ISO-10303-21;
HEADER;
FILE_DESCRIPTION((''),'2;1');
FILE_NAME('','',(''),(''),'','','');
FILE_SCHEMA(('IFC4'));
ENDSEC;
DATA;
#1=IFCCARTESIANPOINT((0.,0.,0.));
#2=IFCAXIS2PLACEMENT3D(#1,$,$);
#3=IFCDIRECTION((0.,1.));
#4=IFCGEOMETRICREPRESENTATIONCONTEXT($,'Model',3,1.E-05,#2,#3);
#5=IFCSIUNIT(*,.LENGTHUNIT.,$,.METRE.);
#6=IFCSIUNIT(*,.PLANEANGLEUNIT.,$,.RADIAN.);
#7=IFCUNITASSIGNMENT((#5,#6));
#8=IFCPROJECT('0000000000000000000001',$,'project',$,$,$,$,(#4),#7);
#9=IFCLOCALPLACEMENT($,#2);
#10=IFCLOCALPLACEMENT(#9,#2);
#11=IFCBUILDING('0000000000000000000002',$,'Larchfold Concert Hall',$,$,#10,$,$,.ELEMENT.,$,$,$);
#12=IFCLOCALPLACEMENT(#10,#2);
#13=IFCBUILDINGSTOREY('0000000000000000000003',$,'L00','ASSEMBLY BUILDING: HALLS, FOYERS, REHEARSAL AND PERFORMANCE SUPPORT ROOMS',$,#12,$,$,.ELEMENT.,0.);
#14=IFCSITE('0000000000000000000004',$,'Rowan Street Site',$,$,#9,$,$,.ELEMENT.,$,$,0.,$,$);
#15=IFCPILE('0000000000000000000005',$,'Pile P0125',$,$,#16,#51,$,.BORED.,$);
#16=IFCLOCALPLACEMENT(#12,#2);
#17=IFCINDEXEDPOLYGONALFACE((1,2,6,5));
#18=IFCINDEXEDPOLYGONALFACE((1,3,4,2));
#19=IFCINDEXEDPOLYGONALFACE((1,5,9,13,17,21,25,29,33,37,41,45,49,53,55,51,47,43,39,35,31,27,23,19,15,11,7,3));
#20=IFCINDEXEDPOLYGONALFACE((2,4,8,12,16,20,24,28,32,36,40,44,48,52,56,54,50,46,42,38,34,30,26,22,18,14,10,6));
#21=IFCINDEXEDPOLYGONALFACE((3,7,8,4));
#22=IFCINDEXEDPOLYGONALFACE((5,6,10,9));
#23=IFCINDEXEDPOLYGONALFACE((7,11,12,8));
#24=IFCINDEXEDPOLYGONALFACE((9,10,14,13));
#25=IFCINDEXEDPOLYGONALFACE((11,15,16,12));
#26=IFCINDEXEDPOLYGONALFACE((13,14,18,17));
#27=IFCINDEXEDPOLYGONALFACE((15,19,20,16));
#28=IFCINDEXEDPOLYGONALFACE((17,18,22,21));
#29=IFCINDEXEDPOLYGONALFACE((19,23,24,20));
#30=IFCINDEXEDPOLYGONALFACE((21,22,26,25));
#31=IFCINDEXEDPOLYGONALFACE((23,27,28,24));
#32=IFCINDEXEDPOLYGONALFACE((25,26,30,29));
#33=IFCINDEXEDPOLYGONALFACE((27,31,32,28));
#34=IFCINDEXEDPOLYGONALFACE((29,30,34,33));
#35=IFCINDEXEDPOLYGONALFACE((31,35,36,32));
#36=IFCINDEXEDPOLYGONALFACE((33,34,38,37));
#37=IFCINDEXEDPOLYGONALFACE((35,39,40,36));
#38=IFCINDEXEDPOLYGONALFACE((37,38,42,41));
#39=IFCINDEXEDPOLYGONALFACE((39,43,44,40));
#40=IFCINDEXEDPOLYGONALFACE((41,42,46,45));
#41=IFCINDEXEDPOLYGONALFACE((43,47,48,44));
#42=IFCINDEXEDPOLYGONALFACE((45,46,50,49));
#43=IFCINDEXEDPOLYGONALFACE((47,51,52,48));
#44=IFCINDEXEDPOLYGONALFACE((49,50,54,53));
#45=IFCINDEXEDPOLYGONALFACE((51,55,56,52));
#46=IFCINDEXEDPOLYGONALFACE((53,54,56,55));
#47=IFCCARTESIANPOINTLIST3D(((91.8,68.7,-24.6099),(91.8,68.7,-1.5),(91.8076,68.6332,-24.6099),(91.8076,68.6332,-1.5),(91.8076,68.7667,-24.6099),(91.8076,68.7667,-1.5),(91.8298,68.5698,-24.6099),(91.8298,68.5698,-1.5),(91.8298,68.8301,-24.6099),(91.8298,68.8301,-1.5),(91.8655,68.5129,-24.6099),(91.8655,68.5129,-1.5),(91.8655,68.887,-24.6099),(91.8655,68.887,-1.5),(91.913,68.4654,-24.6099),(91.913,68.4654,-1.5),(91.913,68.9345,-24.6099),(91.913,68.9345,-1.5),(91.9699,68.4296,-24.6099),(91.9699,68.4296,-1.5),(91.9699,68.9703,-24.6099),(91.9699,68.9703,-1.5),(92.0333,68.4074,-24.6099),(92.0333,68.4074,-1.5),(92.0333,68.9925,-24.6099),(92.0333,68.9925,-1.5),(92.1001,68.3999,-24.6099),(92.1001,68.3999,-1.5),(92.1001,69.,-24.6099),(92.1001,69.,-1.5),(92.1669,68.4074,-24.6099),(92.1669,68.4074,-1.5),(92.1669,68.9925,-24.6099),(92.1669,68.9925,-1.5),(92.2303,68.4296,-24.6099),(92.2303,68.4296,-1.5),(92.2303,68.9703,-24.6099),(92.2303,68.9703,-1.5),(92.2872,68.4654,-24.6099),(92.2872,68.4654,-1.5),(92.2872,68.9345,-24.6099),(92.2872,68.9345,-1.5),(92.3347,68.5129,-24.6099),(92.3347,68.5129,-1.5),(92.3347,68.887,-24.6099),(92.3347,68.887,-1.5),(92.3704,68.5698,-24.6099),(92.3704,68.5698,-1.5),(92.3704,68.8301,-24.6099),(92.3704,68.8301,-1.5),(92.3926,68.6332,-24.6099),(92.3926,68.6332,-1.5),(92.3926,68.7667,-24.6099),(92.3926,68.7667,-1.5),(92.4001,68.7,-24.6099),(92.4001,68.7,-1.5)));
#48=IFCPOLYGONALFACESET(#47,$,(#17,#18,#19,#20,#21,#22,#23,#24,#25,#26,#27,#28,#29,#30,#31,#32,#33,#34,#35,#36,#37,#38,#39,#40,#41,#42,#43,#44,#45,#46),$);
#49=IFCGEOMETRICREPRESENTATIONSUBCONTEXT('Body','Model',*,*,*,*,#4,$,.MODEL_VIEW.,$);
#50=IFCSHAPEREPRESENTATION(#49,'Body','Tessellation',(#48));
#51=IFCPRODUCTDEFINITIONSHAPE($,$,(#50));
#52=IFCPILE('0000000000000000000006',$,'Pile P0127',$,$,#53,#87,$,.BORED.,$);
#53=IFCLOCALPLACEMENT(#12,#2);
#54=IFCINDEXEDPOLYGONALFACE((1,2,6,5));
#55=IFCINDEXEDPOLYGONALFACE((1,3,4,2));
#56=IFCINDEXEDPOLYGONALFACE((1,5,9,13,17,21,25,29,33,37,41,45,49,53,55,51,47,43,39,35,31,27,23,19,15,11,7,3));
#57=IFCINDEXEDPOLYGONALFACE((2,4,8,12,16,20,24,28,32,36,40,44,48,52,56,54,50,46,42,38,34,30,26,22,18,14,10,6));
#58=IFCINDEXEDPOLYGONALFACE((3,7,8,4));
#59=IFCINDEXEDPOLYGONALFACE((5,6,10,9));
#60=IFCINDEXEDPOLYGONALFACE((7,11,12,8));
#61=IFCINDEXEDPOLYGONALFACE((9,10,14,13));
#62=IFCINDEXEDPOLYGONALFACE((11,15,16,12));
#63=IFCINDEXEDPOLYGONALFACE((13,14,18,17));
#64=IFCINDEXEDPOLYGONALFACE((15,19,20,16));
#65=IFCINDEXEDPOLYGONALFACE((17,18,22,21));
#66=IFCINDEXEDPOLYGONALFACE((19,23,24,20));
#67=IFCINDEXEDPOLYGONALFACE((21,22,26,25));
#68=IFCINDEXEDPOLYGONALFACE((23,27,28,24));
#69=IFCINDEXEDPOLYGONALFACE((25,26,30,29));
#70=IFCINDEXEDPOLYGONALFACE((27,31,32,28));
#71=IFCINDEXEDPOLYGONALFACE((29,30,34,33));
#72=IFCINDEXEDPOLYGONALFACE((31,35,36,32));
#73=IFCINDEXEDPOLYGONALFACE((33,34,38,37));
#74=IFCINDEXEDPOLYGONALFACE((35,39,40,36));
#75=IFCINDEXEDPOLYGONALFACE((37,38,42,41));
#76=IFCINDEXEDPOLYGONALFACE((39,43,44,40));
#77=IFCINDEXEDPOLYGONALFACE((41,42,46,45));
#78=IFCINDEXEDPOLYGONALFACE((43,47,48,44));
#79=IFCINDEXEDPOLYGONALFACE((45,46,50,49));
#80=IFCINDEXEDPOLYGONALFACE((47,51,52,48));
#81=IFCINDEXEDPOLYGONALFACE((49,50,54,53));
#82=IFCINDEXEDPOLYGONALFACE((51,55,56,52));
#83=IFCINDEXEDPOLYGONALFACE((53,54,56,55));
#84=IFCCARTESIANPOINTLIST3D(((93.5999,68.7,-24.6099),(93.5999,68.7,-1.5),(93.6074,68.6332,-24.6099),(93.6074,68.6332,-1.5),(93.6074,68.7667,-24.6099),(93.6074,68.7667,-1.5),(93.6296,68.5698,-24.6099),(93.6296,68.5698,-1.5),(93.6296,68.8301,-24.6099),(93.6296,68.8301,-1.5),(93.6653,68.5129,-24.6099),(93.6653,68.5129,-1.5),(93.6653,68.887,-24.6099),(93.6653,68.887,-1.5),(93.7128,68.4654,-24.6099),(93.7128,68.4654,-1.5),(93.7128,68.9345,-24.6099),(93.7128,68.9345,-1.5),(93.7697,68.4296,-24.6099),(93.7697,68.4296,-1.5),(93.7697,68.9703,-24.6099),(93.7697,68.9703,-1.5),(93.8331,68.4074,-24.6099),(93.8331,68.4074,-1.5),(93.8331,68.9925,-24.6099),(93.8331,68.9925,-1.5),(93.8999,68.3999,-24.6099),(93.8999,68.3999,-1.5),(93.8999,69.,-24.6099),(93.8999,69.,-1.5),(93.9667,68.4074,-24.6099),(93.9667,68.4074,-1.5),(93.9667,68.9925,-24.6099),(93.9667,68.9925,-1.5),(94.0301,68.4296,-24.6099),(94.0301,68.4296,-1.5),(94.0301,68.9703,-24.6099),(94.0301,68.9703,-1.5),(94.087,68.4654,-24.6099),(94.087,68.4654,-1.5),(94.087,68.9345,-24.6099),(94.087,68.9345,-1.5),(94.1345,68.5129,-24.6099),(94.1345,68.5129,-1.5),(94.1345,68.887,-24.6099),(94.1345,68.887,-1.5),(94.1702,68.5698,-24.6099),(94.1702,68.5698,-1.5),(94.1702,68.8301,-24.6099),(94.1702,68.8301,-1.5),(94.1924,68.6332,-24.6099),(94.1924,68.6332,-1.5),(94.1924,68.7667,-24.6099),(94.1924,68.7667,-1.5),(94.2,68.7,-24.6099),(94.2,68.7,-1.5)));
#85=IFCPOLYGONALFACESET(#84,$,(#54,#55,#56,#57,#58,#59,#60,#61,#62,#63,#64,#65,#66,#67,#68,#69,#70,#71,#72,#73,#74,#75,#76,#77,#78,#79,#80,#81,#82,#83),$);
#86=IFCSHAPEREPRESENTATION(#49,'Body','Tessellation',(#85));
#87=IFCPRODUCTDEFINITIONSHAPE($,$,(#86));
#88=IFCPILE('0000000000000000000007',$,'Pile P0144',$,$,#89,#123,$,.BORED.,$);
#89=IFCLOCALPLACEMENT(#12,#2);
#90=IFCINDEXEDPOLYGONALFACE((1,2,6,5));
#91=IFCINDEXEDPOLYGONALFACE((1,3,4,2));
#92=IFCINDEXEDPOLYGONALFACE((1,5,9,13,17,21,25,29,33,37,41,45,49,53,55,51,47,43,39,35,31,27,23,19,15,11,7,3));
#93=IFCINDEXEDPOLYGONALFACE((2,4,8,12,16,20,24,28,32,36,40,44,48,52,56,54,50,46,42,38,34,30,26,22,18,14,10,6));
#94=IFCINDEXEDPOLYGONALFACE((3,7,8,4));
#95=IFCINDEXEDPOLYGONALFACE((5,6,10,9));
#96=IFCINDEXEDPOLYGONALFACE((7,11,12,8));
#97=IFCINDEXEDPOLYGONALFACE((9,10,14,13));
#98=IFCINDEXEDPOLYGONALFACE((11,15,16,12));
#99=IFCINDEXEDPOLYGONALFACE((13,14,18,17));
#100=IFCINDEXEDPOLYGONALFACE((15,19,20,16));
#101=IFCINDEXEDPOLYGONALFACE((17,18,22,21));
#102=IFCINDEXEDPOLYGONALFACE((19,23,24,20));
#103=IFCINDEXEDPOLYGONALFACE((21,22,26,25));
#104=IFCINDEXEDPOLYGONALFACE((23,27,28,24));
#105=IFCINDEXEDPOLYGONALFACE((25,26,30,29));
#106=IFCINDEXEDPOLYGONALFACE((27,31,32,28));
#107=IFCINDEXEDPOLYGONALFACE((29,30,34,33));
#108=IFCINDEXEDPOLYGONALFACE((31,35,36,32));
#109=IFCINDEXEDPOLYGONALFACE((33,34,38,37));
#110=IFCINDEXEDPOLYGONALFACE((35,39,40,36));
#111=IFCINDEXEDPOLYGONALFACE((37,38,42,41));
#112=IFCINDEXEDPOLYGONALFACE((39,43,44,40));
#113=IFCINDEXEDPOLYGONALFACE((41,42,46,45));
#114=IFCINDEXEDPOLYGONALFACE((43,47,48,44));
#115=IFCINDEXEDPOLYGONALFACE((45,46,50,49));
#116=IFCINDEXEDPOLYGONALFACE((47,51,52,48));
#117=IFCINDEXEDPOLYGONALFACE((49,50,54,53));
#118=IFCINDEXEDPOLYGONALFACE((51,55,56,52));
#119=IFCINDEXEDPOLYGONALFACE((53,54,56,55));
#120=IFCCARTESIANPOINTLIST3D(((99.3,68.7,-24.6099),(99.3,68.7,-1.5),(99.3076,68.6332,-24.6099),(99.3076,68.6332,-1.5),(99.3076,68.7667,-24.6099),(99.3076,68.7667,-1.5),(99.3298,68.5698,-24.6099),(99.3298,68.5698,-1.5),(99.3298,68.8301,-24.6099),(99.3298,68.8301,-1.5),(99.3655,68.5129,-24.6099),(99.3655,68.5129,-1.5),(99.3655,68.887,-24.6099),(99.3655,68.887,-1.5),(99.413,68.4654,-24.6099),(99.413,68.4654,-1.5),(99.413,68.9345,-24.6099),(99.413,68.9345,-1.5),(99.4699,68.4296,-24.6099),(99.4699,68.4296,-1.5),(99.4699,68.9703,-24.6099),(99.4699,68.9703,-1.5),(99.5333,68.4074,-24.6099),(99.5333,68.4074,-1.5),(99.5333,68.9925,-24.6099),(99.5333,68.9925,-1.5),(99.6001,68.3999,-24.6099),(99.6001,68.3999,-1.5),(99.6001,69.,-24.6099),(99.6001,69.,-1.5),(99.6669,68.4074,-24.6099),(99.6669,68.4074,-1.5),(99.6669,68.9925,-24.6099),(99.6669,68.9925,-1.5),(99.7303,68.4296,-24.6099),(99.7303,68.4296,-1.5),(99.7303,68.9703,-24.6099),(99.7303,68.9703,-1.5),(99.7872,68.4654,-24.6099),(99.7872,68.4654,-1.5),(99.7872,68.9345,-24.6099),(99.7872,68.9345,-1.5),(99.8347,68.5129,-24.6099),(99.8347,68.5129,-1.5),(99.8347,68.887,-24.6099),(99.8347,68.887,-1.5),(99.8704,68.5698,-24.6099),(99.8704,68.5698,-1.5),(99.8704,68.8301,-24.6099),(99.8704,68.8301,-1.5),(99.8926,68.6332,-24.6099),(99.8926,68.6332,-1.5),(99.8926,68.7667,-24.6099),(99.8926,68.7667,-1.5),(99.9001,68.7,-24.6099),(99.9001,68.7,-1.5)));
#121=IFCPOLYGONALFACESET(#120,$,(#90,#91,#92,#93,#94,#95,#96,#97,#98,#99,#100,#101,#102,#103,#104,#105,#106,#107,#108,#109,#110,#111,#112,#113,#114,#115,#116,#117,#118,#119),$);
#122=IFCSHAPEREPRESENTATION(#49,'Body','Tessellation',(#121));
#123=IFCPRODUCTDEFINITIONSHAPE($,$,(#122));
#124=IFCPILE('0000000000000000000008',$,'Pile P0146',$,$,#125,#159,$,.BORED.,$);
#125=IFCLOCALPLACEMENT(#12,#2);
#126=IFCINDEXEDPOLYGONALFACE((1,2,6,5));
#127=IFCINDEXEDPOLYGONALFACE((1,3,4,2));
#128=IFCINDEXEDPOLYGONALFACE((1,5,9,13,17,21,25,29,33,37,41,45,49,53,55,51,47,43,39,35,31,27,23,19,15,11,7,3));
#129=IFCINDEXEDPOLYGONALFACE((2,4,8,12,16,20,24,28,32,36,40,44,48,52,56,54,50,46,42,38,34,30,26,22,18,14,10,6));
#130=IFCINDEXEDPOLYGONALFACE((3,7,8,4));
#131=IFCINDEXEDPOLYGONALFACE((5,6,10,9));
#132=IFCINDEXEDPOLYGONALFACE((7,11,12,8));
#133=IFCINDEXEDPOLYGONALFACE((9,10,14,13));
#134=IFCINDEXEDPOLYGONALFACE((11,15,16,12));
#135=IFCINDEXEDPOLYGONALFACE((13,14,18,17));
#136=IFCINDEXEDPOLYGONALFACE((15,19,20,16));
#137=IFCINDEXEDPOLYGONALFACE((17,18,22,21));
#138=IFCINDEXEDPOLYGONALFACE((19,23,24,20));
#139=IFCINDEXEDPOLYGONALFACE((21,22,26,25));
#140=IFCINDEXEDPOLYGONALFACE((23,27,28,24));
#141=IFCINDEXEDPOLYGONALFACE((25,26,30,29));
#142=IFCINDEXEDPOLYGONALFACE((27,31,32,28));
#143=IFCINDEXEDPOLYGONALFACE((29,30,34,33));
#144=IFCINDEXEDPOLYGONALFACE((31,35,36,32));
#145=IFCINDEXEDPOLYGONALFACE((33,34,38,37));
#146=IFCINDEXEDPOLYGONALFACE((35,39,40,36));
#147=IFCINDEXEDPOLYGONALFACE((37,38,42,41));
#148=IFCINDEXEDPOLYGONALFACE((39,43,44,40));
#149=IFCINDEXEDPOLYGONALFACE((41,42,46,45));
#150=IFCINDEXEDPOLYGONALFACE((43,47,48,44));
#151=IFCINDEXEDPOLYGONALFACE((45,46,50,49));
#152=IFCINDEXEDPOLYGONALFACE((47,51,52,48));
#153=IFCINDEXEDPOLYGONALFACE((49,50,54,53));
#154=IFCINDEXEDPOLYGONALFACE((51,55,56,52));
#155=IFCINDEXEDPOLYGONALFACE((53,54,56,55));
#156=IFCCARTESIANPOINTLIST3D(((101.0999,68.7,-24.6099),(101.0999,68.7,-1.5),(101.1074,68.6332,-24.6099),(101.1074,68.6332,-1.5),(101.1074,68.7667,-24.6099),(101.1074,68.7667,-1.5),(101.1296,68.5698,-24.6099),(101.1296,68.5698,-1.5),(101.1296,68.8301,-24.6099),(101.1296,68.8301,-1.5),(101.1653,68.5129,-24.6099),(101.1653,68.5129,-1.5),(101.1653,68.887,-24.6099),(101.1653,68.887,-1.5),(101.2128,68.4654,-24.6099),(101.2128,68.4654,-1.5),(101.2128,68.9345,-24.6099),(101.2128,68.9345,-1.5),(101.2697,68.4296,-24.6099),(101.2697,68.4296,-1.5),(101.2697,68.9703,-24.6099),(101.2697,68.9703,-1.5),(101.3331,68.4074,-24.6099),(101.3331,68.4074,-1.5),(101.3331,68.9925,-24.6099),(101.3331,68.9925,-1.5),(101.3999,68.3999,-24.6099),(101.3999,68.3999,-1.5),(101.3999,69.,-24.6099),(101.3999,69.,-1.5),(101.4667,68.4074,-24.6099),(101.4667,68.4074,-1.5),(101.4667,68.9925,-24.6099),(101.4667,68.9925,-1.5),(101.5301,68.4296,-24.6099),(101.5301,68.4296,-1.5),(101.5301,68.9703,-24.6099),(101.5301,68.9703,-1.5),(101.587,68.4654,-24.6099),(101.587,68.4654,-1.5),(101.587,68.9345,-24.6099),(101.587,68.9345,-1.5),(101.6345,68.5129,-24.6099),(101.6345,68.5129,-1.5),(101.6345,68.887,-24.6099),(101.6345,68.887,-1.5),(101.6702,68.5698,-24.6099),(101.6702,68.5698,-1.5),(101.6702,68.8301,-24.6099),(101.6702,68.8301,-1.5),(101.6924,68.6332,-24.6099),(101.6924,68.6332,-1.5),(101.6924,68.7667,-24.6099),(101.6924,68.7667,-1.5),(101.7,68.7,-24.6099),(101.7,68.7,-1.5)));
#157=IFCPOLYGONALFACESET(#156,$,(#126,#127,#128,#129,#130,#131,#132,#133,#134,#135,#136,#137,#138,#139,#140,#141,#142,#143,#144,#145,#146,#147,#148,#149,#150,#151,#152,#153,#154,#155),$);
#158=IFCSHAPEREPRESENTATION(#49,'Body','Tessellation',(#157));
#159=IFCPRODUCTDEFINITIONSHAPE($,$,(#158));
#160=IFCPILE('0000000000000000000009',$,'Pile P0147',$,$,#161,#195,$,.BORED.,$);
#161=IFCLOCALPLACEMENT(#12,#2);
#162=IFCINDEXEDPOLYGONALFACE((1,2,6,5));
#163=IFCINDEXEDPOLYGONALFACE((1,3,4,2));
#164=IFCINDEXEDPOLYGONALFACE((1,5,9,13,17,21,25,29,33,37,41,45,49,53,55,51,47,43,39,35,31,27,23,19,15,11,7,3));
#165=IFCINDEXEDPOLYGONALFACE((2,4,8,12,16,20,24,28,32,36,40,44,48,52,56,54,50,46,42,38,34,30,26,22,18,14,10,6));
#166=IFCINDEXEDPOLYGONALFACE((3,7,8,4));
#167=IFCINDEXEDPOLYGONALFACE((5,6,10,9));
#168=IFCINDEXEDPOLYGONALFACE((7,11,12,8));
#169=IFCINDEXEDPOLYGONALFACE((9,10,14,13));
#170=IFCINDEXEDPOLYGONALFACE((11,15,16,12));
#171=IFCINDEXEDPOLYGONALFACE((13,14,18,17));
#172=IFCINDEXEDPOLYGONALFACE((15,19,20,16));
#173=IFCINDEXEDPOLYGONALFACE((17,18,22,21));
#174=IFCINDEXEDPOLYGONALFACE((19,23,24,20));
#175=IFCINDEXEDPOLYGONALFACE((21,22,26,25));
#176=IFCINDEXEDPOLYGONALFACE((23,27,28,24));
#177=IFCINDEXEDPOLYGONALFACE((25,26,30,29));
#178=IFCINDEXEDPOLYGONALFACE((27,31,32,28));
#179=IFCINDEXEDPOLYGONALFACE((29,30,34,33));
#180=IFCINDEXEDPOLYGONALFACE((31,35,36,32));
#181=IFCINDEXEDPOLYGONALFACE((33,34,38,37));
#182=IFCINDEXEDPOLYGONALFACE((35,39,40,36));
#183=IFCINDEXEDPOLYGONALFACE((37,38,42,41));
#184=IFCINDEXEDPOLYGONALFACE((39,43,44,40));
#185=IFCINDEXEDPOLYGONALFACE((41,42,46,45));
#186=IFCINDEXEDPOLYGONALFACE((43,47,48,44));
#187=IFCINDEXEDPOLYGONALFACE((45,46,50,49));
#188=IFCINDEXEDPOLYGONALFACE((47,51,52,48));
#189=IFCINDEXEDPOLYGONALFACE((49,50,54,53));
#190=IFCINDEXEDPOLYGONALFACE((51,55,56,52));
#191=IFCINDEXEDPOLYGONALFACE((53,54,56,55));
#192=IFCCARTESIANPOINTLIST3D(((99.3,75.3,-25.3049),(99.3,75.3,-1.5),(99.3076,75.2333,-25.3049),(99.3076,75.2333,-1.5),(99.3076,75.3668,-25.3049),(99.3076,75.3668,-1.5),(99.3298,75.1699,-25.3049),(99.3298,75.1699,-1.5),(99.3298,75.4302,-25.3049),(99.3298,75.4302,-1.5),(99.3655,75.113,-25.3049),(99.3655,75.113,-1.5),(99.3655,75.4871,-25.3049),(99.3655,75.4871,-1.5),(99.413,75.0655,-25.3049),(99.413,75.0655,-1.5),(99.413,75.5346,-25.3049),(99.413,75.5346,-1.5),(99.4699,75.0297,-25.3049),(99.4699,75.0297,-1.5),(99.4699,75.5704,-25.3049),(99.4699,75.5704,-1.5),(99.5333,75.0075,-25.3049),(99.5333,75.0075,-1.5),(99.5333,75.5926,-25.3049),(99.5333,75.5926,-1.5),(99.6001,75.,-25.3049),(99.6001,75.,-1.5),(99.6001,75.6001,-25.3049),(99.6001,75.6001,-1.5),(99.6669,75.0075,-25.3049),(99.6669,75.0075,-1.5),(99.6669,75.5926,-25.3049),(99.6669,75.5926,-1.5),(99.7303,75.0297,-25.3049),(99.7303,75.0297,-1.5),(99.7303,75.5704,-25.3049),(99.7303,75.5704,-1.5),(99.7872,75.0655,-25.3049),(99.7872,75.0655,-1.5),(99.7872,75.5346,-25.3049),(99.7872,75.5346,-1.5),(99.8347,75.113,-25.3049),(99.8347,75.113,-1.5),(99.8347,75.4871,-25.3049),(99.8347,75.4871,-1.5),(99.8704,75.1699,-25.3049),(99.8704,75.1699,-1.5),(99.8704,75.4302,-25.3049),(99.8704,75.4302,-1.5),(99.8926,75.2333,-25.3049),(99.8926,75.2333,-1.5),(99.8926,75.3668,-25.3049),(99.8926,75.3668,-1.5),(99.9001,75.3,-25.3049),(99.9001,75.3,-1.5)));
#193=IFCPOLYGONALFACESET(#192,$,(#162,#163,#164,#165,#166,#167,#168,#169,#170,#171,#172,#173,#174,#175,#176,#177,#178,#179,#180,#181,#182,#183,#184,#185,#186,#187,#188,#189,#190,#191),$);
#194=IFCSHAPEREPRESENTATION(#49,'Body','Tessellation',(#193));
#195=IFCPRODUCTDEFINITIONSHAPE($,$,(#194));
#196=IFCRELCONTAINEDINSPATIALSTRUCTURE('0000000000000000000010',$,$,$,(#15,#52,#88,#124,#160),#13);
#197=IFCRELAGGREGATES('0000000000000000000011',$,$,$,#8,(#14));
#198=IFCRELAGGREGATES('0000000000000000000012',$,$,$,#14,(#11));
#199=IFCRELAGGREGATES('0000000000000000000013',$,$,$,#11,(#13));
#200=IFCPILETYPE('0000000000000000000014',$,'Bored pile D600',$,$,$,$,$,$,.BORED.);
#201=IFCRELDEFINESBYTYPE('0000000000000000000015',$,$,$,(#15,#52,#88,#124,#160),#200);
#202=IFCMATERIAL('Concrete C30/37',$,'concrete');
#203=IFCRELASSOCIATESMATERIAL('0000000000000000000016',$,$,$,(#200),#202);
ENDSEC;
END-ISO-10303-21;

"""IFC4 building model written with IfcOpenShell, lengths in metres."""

from ifc_helpers import new_model, si_unit, direction, frame, origin, origin_2d, place, context, subcontext, project, spatial, circle, extrude, material, material_profile, profile_set, type_object, element, save


model = new_model("IFC4")

# Units and contexts
model_context = context("Model", 3, precision=1e-05, world=origin(), true_north=direction((0.0, 1.0)))
body_context = subcontext(model_context, "Body", "Model", "MODEL_VIEW")
ifc_project = project(units=[si_unit("LENGTHUNIT", "METRE"), si_unit("PLANEANGLEUNIT", "RADIAN")], contexts=[model_context])

# Site, building, storey
site_placement = place(None, origin())
site = spatial("IfcSite", under=ifc_project, at=site_placement, Name="Rowan Street Site", CompositionType="ELEMENT", RefElevation=0.0)
building_placement = place(site_placement, origin())
building = spatial("IfcBuilding", under=site, at=building_placement, Name="Larchfold Concert Hall", CompositionType="ELEMENT")
storey_placement = place(building_placement, origin())
storey = spatial("IfcBuildingStorey", under=building, at=storey_placement, Name="L00", Description="ASSEMBLY BUILDING: HALLS, FOYERS, REHEARSAL AND PERFORMANCE SUPPORT ROOMS", CompositionType="ELEMENT", Elevation=0.0)

# Piles
ifc_material_1 = material(Name="Concrete C30/37", Category="concrete")
ifc_material_profile = material_profile(ifc_material_1, circle(Radius=0.3, at=origin_2d()))
ifc_profile_set = profile_set([ifc_material_profile], Name="Concrete C30/37")
pile_type = type_object("IfcPileType", Name="Bored pile D600", PredefinedType="BORED", material=ifc_profile_set)
for number, where, z_axis, x_axis, name in (
    (1, (92.1001, 68.7, -1.5), (0.0, 0.0, -1.0), (1.0, 0.0, 0.0), "Pile P0125"),
    (2, (93.8999, 68.7, -1.5), (0.0, 0.0, -1.0), (1.0, 0.0, 0.0), "Pile P0127"),
    (3, (99.6001, 68.7, -1.5), (0.0, 0.0, -1.0), (1.0, 0.0, 0.0), "Pile P0144"),
    (4, (101.3999, 68.7, -1.5), (0.0, 0.0, -1.0), (1.0, 0.0, 0.0), "Pile P0146"),
):
    element("IfcPile", number, at=place(storey_placement, frame(where, z_axis=z_axis, x_axis=x_axis)), inside=storey, type_object=pile_type, Name=name, PredefinedType="BORED", context=body_context, shape_type="SweptSolid", body=[
        extrude(circle(Radius=0.3, at=origin_2d()), origin(), (0.0, 0.0, 1.0), 23.1099),
    ])
for number, where, z_axis, x_axis, name in (
    (5, (99.6001, 75.3, -1.5), (0.0, 0.0, -1.0), (1.0, 0.0, 0.0), "Pile P0147"),
):
    element("IfcPile", number, at=place(storey_placement, frame(where, z_axis=z_axis, x_axis=x_axis)), inside=storey, type_object=pile_type, Name=name, PredefinedType="BORED", context=body_context, shape_type="SweptSolid", body=[
        extrude(circle(Radius=0.3, at=origin_2d()), origin(), (0.0, 0.0, 1.0), 23.8049),
    ])

save(model, "model.ifc")
